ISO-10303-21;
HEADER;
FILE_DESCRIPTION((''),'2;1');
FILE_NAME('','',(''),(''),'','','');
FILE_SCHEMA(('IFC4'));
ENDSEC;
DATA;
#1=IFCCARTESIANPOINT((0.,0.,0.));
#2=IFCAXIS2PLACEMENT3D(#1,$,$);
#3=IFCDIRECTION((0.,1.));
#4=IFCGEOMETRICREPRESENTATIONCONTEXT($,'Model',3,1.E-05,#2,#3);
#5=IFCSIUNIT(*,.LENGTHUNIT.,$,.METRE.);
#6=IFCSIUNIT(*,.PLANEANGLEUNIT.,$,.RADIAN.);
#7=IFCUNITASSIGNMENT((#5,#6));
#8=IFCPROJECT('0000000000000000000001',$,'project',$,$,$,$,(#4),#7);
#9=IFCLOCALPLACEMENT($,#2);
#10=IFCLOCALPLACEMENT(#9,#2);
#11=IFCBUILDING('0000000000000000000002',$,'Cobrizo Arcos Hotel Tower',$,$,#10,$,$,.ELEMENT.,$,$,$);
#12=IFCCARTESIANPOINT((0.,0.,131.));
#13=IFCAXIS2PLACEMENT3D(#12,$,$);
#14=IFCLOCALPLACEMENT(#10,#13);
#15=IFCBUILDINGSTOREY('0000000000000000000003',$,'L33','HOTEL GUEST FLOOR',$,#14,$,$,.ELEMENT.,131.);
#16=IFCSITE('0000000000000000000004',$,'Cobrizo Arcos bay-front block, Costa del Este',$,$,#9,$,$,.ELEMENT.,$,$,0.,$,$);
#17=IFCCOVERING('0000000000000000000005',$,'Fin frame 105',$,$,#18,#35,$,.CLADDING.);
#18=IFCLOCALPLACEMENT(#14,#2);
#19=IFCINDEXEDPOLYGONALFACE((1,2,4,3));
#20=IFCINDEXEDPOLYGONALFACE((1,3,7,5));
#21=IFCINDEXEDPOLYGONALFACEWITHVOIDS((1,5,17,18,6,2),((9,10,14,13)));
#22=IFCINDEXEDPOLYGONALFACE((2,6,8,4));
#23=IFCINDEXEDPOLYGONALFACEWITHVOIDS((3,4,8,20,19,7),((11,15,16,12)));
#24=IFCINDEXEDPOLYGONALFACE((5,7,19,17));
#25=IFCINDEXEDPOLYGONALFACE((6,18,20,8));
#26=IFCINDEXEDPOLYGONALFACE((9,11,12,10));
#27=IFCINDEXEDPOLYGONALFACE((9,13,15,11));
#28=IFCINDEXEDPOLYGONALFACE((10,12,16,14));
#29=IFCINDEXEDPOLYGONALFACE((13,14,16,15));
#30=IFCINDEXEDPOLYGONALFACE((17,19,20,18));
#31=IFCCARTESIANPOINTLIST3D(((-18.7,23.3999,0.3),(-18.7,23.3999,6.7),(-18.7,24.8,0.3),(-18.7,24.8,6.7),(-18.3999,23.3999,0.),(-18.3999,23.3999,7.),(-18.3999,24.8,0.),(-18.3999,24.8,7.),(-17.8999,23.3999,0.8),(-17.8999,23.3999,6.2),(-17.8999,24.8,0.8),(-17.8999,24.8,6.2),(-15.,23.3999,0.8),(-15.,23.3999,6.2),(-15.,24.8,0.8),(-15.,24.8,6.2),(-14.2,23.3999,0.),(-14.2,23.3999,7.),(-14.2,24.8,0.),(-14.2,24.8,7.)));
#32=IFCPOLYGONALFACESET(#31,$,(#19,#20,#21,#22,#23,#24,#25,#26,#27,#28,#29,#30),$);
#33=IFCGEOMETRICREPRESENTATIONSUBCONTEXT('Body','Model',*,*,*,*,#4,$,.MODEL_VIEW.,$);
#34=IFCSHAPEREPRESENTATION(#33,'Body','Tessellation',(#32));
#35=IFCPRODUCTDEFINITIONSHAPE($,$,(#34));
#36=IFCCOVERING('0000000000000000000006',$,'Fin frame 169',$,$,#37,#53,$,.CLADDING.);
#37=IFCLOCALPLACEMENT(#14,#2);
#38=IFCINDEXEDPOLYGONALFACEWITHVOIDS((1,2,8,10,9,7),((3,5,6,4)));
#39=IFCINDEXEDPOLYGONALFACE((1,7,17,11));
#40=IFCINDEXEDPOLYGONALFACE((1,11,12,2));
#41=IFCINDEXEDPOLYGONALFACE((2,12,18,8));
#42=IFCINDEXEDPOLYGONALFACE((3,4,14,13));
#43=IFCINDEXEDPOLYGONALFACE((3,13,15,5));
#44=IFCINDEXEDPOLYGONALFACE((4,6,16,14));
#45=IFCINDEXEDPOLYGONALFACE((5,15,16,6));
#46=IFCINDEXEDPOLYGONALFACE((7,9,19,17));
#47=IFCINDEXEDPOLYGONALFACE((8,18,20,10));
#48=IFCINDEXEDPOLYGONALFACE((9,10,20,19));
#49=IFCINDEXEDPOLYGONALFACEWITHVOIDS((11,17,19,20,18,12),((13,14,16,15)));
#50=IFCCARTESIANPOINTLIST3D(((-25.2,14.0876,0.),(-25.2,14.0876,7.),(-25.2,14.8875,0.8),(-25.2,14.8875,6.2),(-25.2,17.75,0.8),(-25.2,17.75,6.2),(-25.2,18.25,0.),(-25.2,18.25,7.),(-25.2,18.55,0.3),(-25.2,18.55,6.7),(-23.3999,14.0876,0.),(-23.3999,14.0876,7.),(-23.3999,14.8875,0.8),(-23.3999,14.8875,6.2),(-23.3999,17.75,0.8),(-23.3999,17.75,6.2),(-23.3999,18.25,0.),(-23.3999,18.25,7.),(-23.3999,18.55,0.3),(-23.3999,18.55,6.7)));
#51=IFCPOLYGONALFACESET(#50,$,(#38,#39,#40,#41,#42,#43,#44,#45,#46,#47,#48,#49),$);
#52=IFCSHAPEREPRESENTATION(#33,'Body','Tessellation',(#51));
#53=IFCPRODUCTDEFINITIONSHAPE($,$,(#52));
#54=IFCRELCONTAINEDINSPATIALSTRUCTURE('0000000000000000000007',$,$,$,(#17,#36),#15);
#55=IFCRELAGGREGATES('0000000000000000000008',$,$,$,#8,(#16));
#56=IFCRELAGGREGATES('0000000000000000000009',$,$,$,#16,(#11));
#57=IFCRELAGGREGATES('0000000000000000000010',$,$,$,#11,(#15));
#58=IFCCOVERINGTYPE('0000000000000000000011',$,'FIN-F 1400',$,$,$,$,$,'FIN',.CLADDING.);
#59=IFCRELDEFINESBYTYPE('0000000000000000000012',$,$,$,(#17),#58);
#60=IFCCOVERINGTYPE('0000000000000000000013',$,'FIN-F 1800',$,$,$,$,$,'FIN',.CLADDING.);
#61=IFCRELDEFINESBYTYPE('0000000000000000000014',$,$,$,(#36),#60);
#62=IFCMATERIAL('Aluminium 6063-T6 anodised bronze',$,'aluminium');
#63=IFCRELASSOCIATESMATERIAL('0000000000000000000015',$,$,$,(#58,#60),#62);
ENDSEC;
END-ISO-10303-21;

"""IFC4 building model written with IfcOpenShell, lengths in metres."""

from ifc_helpers import new_model, si_unit, direction, frame, origin, place, context, subcontext, project, spatial, polyline, outline, extrude, material, type_object, element, save


model = new_model("IFC4")

# Units and contexts
model_context = context("Model", 3, precision=1e-05, world=origin(), true_north=direction((0.0, 1.0)))
body_context = subcontext(model_context, "Body", "Model", "MODEL_VIEW")
ifc_project = project(units=[si_unit("LENGTHUNIT", "METRE"), si_unit("PLANEANGLEUNIT", "RADIAN")], contexts=[model_context])

# Site, building, storey
site_placement = place(None, origin())
site = spatial("IfcSite", under=ifc_project, at=site_placement, Name="Cobrizo Arcos bay-front block, Costa del Este", CompositionType="ELEMENT", RefElevation=0.0)
building_placement = place(site_placement, origin())
building = spatial("IfcBuilding", under=site, at=building_placement, Name="Cobrizo Arcos Hotel Tower", CompositionType="ELEMENT")
storey_placement = place(building_placement, frame((0.0, 0.0, 131.0)))
storey = spatial("IfcBuildingStorey", under=building, at=storey_placement, Name="L33", Description="HOTEL GUEST FLOOR", CompositionType="ELEMENT", Elevation=131.0)

# Shared definitions
ifc_material_1 = material(Name="Aluminium 6063-T6 anodised bronze", Category="aluminium")

# Coverings
covering_type_1 = type_object("IfcCoveringType", Name="FIN-F 1400", ElementType="FIN", PredefinedType="CLADDING", material=ifc_material_1)
covering_1_placement = place(storey_placement, frame((-14.2, 23.3999, 0.0), z_axis=(0.0, 1.0, 0.0), x_axis=(-1.0, 0.0, 0.0)))
element("IfcCovering", 1, at=covering_1_placement, inside=storey, type_object=covering_type_1, Name="Fin frame 105", PredefinedType="CLADDING", context=body_context, shape_type="SweptSolid", body=[
    extrude(outline(polyline([(0.0, 7.0), (0.0, 0.0), (4.2, 0.0), (4.5, 0.3), (4.5, 6.7), (4.2, 7.0), (0.0, 7.0)]), holes=[polyline([(3.7, 0.8), (0.8, 0.8), (0.8, 6.2), (3.7, 6.2), (3.7, 0.8)])]), origin(), (0.0, 0.0, 1.0), 1.4001),
])
covering_type_2 = type_object("IfcCoveringType", Name="FIN-F 1800", ElementType="FIN", PredefinedType="CLADDING", material=ifc_material_1)
covering_2_placement = place(storey_placement, frame((-23.3999, 18.55, 0.0), z_axis=(-1.0, 0.0, 0.0), x_axis=(0.0, -1.0, 0.0)))
element("IfcCovering", 2, at=covering_2_placement, inside=storey, type_object=covering_type_2, Name="Fin frame 169", PredefinedType="CLADDING", context=body_context, shape_type="SweptSolid", body=[
    extrude(outline(polyline([(0.0, 0.3), (0.3, 0.0), (4.4624, 0.0), (4.4624, 7.0), (0.3, 7.0), (0.0, 6.7), (0.0, 0.3)]), holes=[polyline([(3.6626, 0.8), (0.8, 0.8), (0.8, 6.2), (3.6626, 6.2), (3.6626, 0.8)])]), origin(), (0.0, 0.0, 1.0), 1.8),
])

save(model, "model.ifc")
